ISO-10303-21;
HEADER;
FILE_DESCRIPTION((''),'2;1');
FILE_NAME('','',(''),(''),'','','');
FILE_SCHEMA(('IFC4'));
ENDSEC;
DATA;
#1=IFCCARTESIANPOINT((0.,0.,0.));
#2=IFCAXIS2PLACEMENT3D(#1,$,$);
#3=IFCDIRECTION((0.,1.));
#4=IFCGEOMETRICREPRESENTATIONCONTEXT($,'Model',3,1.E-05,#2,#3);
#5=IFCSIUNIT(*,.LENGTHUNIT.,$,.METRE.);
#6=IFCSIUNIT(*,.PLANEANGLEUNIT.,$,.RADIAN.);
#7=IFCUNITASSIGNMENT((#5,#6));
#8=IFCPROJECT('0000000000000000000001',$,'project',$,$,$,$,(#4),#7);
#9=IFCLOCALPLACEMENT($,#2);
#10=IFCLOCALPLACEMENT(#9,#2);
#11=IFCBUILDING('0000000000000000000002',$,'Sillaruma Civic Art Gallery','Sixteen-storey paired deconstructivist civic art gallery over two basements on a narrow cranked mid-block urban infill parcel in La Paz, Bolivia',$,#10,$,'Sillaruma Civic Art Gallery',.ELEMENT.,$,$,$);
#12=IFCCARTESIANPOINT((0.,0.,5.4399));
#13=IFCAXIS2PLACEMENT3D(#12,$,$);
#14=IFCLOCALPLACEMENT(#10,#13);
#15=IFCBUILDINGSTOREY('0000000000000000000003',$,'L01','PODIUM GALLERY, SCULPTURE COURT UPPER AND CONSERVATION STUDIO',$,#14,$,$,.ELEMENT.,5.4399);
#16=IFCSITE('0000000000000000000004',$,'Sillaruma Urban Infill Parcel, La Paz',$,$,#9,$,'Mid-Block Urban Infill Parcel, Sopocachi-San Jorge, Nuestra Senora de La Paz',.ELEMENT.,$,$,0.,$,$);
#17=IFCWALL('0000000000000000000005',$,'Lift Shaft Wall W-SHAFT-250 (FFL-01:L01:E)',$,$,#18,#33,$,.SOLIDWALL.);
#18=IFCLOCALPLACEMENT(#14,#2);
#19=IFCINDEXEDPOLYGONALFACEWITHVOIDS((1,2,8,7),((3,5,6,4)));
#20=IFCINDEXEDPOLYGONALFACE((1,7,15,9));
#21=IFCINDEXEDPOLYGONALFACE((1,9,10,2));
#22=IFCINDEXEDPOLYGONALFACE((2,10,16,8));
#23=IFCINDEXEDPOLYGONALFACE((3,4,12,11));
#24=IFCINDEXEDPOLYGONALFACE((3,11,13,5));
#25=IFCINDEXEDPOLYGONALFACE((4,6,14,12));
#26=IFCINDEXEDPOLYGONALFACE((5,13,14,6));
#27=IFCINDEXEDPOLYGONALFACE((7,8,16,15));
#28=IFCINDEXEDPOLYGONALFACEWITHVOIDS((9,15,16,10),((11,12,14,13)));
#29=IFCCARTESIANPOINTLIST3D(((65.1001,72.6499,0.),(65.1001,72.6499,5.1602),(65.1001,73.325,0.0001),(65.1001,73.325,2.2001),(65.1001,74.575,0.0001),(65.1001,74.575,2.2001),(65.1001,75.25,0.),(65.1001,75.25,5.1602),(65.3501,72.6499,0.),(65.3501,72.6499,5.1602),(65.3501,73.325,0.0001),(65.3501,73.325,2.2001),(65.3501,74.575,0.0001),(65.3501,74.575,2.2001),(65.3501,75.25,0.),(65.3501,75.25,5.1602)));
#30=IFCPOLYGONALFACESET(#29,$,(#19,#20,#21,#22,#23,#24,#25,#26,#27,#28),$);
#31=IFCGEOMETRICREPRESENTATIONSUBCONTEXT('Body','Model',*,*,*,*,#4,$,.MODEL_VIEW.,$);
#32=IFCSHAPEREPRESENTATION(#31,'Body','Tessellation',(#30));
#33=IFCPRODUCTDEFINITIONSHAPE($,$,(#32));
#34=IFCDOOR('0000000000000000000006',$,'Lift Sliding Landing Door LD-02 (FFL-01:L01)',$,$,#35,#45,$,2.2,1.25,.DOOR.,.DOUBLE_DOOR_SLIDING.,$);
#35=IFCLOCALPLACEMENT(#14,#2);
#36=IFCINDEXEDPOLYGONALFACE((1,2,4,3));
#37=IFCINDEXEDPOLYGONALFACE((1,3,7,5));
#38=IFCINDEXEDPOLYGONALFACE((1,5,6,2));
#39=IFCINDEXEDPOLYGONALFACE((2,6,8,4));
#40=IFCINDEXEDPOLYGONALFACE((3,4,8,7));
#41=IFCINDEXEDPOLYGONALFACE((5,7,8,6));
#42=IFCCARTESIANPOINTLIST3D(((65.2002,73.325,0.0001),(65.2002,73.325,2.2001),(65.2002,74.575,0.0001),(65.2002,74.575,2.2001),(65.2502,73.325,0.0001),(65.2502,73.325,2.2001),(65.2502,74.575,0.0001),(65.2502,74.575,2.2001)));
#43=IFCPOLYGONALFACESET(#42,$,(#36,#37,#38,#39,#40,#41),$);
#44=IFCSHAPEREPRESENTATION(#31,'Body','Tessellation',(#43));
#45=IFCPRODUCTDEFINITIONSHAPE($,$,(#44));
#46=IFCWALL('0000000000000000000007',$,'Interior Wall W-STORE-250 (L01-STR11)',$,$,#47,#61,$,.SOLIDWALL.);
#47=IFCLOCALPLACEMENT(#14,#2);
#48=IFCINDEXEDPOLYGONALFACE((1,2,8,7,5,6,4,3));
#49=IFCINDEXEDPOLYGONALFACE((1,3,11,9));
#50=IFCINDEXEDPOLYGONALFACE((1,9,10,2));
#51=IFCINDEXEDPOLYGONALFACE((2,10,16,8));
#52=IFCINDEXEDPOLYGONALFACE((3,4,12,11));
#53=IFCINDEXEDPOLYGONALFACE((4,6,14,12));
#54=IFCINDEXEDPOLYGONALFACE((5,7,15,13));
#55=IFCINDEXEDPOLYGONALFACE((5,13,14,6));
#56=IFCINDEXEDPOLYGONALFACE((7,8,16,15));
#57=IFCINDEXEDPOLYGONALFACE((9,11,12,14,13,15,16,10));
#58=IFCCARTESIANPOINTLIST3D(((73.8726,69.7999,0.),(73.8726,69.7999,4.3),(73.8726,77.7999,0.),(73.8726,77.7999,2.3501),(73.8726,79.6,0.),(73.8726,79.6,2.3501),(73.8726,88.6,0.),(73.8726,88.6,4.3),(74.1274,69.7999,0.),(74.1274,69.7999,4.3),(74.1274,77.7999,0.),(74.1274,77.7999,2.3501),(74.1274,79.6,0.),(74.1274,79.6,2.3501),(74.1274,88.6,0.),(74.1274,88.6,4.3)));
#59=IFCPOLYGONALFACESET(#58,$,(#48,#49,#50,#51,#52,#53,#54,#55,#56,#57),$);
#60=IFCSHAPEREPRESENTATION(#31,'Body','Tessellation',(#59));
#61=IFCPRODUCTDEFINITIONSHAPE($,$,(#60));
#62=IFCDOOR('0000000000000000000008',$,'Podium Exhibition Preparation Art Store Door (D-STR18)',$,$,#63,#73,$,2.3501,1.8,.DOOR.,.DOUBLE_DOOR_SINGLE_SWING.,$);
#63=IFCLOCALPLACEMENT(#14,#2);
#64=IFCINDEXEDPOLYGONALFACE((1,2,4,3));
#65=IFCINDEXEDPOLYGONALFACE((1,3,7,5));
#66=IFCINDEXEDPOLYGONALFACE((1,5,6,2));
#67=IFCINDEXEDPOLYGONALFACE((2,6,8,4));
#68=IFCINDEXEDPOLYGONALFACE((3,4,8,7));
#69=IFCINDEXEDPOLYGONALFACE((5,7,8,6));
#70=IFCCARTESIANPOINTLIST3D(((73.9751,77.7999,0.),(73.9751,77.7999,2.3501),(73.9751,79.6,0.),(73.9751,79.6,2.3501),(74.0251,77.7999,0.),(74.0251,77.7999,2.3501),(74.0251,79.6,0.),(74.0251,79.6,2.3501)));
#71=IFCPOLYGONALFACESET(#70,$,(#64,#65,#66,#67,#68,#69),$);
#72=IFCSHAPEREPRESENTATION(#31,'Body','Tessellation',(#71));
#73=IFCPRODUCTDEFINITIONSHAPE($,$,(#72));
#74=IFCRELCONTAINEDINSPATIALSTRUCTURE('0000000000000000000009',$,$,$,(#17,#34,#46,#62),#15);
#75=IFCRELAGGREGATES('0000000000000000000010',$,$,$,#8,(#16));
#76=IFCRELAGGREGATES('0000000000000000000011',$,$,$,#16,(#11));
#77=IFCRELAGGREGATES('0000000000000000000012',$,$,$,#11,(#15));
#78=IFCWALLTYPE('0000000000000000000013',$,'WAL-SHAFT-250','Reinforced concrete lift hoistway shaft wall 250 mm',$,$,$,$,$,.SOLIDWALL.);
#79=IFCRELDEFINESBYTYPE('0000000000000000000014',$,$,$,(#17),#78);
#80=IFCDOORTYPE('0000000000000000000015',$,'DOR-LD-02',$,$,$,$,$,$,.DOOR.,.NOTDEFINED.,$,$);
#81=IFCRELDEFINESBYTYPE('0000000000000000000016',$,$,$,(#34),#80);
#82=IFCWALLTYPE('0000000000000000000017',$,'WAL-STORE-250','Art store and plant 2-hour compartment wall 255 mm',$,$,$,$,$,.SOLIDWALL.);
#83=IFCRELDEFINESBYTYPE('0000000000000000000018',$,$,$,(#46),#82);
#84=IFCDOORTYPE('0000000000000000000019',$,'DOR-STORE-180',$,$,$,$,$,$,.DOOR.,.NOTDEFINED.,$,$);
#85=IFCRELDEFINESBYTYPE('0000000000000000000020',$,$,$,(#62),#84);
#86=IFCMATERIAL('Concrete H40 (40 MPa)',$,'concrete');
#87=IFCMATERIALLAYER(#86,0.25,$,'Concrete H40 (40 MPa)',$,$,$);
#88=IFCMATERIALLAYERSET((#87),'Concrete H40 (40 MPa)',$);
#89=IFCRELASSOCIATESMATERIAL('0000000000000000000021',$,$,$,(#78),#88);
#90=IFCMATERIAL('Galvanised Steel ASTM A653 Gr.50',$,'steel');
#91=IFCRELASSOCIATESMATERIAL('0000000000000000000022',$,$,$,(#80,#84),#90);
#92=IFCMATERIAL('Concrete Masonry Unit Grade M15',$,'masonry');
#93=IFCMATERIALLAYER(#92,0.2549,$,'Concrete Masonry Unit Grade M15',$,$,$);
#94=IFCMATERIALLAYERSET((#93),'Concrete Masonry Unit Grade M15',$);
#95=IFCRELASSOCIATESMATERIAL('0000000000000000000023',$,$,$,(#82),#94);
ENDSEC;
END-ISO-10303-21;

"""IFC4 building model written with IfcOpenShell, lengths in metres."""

from ifc_helpers import new_model, si_unit, direction, frame, frame_2d, origin, place, context, subcontext, project, spatial, rectangle, extrude, material, layer, layer_set, type_object, element, fill, save


model = new_model("IFC4")

# Units and contexts
model_context = context("Model", 3, precision=1e-05, world=origin(), true_north=direction((0.0, 1.0)))
body_context = subcontext(model_context, "Body", "Model", "MODEL_VIEW")
ifc_project = project(units=[si_unit("LENGTHUNIT", "METRE"), si_unit("PLANEANGLEUNIT", "RADIAN")], contexts=[model_context])

# Site, building, storey
site_placement = place(None, origin())
site = spatial("IfcSite", under=ifc_project, at=site_placement, Name="Sillaruma Urban Infill Parcel, La Paz", LongName="Mid-Block Urban Infill Parcel, Sopocachi-San Jorge, Nuestra Senora de La Paz", CompositionType="ELEMENT", RefElevation=0.0)
building_placement = place(site_placement, origin())
building = spatial("IfcBuilding", under=site, at=building_placement, Name="Sillaruma Civic Art Gallery", Description="Sixteen-storey paired deconstructivist civic art gallery over two basements on a narrow cranked mid-block urban infill parcel in La Paz, Bolivia", LongName="Sillaruma Civic Art Gallery", CompositionType="ELEMENT")
storey_placement = place(building_placement, frame((0.0, 0.0, 5.4399)))
storey = spatial("IfcBuildingStorey", under=building, at=storey_placement, Name="L01", Description="PODIUM GALLERY, SCULPTURE COURT UPPER AND CONSERVATION STUDIO", CompositionType="ELEMENT", Elevation=5.4399)

# Shared definitions
ifc_material_1 = material(Name="Concrete H40 (40 MPa)", Category="concrete")

# Shared definitions
ifc_material_2 = material(Name="Concrete Masonry Unit Grade M15", Category="masonry")

# Shared definitions
ifc_material_3 = material(Name="Galvanised Steel ASTM A653 Gr.50", Category="steel")

# Shared definitions
ifc_layer_1 = layer(ifc_material_1, 0.25, Name="Concrete H40 (40 MPa)")
ifc_layer_set_1 = layer_set([ifc_layer_1], Name="Concrete H40 (40 MPa)")
wall_type_1 = type_object("IfcWallType", Name="WAL-SHAFT-250", Description="Reinforced concrete lift hoistway shaft wall 250 mm", PredefinedType="SOLIDWALL", material=ifc_layer_set_1)

# Walls, openings, doors
wall_1_placement = place(storey_placement, frame((65.2251, 72.6499, 0.0), z_axis=(0.0, 0.0, 1.0), x_axis=(0.0, 1.0, 0.0)))
wall_1 = element("IfcWall", 1, at=wall_1_placement, inside=storey, type_object=wall_type_1, Name="Lift Shaft Wall W-SHAFT-250 (FFL-01:L01:E)", PredefinedType="SOLIDWALL", context=body_context, shape_type="SweptSolid", body=[
    extrude(rectangle(XDim=2.6001, YDim=0.25, at=frame_2d((1.3, 0.0))), origin(), (0.0, 0.0, 1.0), 5.1602),
])
opening_1_placement = place(wall_1_placement, frame((0.675, 0.0, 0.0)))
opening_1 = element("IfcOpeningElement", 2, at=opening_1_placement, cuts=wall_1, PredefinedType="OPENING", context=body_context, shape_type="SweptSolid", body=[
    extrude(rectangle(XDim=1.25, YDim=2.2, at=frame_2d((0.625, 1.1001))), frame((0.0, 0.135, 0.0), z_axis=(0.0, -1.0, 0.0), x_axis=(1.0, 0.0, 0.0)), (0.0, 0.0, 1.0), 0.27),
])
door_type_1 = type_object("IfcDoorType", Name="DOR-LD-02", OperationType="NOTDEFINED", PredefinedType="DOOR", material=ifc_material_3)
door_1_placement = place(opening_1_placement, origin())
door_1 = element("IfcDoor", 3, at=door_1_placement, inside=storey, type_object=door_type_1, Name="Lift Sliding Landing Door LD-02 (FFL-01:L01)", OperationType="DOUBLE_DOOR_SLIDING", OverallHeight=2.2, OverallWidth=1.25, PredefinedType="DOOR", context=body_context, shape_type="SweptSolid", body=[
    extrude(rectangle(XDim=1.25, YDim=2.2, at=frame_2d((0.625, 1.1001))), frame((0.0, 0.0249, 0.0), z_axis=(0.0, -1.0, 0.0), x_axis=(1.0, 0.0, 0.0)), (0.0, 0.0, 1.0), 0.05),
])
fill(opening_1, door_1)
ifc_layer_2 = layer(ifc_material_2, 0.2549, Name="Concrete Masonry Unit Grade M15")
ifc_layer_set_2 = layer_set([ifc_layer_2], Name="Concrete Masonry Unit Grade M15")
wall_type_2 = type_object("IfcWallType", Name="WAL-STORE-250", Description="Art store and plant 2-hour compartment wall 255 mm", PredefinedType="SOLIDWALL", material=ifc_layer_set_2)
wall_2_placement = place(storey_placement, frame((74.0, 69.8, 0.0), z_axis=(0.0, 0.0, 1.0), x_axis=(0.0, 1.0, 0.0)))
wall_2 = element("IfcWall", 4, at=wall_2_placement, inside=storey, type_object=wall_type_2, Name="Interior Wall W-STORE-250 (L01-STR11)", PredefinedType="SOLIDWALL", context=body_context, shape_type="SweptSolid", body=[
    extrude(rectangle(XDim=18.8, YDim=0.2549, at=frame_2d((9.3999, 0.0))), origin(), (0.0, 0.0, 1.0), 4.3),
])
opening_2_placement = place(wall_2_placement, frame((8.0, 0.0, 0.0)))
opening_2 = element("IfcOpeningElement", 5, at=opening_2_placement, cuts=wall_2, PredefinedType="OPENING", context=body_context, shape_type="SweptSolid", body=[
    extrude(rectangle(XDim=1.8, YDim=2.3501, at=frame_2d((0.8999, 1.175))), frame((0.0, 0.1375, 0.0), z_axis=(0.0, -1.0, 0.0), x_axis=(1.0, 0.0, 0.0)), (0.0, 0.0, 1.0), 0.2749),
])
door_type_2 = type_object("IfcDoorType", Name="DOR-STORE-180", OperationType="NOTDEFINED", PredefinedType="DOOR", material=ifc_material_3)
door_2_placement = place(opening_2_placement, origin())
door_2 = element("IfcDoor", 6, at=door_2_placement, inside=storey, type_object=door_type_2, Name="Podium Exhibition Preparation Art Store Door (D-STR18)", OperationType="DOUBLE_DOOR_SINGLE_SWING", OverallHeight=2.3501, OverallWidth=1.8, PredefinedType="DOOR", context=body_context, shape_type="SweptSolid", body=[
    extrude(rectangle(XDim=1.8, YDim=2.3501, at=frame_2d((0.8999, 1.175))), frame((0.0, 0.0249, 0.0), z_axis=(0.0, -1.0, 0.0), x_axis=(1.0, 0.0, 0.0)), (0.0, 0.0, 1.0), 0.05),
])
fill(opening_2, door_2)

save(model, "model.ifc")
